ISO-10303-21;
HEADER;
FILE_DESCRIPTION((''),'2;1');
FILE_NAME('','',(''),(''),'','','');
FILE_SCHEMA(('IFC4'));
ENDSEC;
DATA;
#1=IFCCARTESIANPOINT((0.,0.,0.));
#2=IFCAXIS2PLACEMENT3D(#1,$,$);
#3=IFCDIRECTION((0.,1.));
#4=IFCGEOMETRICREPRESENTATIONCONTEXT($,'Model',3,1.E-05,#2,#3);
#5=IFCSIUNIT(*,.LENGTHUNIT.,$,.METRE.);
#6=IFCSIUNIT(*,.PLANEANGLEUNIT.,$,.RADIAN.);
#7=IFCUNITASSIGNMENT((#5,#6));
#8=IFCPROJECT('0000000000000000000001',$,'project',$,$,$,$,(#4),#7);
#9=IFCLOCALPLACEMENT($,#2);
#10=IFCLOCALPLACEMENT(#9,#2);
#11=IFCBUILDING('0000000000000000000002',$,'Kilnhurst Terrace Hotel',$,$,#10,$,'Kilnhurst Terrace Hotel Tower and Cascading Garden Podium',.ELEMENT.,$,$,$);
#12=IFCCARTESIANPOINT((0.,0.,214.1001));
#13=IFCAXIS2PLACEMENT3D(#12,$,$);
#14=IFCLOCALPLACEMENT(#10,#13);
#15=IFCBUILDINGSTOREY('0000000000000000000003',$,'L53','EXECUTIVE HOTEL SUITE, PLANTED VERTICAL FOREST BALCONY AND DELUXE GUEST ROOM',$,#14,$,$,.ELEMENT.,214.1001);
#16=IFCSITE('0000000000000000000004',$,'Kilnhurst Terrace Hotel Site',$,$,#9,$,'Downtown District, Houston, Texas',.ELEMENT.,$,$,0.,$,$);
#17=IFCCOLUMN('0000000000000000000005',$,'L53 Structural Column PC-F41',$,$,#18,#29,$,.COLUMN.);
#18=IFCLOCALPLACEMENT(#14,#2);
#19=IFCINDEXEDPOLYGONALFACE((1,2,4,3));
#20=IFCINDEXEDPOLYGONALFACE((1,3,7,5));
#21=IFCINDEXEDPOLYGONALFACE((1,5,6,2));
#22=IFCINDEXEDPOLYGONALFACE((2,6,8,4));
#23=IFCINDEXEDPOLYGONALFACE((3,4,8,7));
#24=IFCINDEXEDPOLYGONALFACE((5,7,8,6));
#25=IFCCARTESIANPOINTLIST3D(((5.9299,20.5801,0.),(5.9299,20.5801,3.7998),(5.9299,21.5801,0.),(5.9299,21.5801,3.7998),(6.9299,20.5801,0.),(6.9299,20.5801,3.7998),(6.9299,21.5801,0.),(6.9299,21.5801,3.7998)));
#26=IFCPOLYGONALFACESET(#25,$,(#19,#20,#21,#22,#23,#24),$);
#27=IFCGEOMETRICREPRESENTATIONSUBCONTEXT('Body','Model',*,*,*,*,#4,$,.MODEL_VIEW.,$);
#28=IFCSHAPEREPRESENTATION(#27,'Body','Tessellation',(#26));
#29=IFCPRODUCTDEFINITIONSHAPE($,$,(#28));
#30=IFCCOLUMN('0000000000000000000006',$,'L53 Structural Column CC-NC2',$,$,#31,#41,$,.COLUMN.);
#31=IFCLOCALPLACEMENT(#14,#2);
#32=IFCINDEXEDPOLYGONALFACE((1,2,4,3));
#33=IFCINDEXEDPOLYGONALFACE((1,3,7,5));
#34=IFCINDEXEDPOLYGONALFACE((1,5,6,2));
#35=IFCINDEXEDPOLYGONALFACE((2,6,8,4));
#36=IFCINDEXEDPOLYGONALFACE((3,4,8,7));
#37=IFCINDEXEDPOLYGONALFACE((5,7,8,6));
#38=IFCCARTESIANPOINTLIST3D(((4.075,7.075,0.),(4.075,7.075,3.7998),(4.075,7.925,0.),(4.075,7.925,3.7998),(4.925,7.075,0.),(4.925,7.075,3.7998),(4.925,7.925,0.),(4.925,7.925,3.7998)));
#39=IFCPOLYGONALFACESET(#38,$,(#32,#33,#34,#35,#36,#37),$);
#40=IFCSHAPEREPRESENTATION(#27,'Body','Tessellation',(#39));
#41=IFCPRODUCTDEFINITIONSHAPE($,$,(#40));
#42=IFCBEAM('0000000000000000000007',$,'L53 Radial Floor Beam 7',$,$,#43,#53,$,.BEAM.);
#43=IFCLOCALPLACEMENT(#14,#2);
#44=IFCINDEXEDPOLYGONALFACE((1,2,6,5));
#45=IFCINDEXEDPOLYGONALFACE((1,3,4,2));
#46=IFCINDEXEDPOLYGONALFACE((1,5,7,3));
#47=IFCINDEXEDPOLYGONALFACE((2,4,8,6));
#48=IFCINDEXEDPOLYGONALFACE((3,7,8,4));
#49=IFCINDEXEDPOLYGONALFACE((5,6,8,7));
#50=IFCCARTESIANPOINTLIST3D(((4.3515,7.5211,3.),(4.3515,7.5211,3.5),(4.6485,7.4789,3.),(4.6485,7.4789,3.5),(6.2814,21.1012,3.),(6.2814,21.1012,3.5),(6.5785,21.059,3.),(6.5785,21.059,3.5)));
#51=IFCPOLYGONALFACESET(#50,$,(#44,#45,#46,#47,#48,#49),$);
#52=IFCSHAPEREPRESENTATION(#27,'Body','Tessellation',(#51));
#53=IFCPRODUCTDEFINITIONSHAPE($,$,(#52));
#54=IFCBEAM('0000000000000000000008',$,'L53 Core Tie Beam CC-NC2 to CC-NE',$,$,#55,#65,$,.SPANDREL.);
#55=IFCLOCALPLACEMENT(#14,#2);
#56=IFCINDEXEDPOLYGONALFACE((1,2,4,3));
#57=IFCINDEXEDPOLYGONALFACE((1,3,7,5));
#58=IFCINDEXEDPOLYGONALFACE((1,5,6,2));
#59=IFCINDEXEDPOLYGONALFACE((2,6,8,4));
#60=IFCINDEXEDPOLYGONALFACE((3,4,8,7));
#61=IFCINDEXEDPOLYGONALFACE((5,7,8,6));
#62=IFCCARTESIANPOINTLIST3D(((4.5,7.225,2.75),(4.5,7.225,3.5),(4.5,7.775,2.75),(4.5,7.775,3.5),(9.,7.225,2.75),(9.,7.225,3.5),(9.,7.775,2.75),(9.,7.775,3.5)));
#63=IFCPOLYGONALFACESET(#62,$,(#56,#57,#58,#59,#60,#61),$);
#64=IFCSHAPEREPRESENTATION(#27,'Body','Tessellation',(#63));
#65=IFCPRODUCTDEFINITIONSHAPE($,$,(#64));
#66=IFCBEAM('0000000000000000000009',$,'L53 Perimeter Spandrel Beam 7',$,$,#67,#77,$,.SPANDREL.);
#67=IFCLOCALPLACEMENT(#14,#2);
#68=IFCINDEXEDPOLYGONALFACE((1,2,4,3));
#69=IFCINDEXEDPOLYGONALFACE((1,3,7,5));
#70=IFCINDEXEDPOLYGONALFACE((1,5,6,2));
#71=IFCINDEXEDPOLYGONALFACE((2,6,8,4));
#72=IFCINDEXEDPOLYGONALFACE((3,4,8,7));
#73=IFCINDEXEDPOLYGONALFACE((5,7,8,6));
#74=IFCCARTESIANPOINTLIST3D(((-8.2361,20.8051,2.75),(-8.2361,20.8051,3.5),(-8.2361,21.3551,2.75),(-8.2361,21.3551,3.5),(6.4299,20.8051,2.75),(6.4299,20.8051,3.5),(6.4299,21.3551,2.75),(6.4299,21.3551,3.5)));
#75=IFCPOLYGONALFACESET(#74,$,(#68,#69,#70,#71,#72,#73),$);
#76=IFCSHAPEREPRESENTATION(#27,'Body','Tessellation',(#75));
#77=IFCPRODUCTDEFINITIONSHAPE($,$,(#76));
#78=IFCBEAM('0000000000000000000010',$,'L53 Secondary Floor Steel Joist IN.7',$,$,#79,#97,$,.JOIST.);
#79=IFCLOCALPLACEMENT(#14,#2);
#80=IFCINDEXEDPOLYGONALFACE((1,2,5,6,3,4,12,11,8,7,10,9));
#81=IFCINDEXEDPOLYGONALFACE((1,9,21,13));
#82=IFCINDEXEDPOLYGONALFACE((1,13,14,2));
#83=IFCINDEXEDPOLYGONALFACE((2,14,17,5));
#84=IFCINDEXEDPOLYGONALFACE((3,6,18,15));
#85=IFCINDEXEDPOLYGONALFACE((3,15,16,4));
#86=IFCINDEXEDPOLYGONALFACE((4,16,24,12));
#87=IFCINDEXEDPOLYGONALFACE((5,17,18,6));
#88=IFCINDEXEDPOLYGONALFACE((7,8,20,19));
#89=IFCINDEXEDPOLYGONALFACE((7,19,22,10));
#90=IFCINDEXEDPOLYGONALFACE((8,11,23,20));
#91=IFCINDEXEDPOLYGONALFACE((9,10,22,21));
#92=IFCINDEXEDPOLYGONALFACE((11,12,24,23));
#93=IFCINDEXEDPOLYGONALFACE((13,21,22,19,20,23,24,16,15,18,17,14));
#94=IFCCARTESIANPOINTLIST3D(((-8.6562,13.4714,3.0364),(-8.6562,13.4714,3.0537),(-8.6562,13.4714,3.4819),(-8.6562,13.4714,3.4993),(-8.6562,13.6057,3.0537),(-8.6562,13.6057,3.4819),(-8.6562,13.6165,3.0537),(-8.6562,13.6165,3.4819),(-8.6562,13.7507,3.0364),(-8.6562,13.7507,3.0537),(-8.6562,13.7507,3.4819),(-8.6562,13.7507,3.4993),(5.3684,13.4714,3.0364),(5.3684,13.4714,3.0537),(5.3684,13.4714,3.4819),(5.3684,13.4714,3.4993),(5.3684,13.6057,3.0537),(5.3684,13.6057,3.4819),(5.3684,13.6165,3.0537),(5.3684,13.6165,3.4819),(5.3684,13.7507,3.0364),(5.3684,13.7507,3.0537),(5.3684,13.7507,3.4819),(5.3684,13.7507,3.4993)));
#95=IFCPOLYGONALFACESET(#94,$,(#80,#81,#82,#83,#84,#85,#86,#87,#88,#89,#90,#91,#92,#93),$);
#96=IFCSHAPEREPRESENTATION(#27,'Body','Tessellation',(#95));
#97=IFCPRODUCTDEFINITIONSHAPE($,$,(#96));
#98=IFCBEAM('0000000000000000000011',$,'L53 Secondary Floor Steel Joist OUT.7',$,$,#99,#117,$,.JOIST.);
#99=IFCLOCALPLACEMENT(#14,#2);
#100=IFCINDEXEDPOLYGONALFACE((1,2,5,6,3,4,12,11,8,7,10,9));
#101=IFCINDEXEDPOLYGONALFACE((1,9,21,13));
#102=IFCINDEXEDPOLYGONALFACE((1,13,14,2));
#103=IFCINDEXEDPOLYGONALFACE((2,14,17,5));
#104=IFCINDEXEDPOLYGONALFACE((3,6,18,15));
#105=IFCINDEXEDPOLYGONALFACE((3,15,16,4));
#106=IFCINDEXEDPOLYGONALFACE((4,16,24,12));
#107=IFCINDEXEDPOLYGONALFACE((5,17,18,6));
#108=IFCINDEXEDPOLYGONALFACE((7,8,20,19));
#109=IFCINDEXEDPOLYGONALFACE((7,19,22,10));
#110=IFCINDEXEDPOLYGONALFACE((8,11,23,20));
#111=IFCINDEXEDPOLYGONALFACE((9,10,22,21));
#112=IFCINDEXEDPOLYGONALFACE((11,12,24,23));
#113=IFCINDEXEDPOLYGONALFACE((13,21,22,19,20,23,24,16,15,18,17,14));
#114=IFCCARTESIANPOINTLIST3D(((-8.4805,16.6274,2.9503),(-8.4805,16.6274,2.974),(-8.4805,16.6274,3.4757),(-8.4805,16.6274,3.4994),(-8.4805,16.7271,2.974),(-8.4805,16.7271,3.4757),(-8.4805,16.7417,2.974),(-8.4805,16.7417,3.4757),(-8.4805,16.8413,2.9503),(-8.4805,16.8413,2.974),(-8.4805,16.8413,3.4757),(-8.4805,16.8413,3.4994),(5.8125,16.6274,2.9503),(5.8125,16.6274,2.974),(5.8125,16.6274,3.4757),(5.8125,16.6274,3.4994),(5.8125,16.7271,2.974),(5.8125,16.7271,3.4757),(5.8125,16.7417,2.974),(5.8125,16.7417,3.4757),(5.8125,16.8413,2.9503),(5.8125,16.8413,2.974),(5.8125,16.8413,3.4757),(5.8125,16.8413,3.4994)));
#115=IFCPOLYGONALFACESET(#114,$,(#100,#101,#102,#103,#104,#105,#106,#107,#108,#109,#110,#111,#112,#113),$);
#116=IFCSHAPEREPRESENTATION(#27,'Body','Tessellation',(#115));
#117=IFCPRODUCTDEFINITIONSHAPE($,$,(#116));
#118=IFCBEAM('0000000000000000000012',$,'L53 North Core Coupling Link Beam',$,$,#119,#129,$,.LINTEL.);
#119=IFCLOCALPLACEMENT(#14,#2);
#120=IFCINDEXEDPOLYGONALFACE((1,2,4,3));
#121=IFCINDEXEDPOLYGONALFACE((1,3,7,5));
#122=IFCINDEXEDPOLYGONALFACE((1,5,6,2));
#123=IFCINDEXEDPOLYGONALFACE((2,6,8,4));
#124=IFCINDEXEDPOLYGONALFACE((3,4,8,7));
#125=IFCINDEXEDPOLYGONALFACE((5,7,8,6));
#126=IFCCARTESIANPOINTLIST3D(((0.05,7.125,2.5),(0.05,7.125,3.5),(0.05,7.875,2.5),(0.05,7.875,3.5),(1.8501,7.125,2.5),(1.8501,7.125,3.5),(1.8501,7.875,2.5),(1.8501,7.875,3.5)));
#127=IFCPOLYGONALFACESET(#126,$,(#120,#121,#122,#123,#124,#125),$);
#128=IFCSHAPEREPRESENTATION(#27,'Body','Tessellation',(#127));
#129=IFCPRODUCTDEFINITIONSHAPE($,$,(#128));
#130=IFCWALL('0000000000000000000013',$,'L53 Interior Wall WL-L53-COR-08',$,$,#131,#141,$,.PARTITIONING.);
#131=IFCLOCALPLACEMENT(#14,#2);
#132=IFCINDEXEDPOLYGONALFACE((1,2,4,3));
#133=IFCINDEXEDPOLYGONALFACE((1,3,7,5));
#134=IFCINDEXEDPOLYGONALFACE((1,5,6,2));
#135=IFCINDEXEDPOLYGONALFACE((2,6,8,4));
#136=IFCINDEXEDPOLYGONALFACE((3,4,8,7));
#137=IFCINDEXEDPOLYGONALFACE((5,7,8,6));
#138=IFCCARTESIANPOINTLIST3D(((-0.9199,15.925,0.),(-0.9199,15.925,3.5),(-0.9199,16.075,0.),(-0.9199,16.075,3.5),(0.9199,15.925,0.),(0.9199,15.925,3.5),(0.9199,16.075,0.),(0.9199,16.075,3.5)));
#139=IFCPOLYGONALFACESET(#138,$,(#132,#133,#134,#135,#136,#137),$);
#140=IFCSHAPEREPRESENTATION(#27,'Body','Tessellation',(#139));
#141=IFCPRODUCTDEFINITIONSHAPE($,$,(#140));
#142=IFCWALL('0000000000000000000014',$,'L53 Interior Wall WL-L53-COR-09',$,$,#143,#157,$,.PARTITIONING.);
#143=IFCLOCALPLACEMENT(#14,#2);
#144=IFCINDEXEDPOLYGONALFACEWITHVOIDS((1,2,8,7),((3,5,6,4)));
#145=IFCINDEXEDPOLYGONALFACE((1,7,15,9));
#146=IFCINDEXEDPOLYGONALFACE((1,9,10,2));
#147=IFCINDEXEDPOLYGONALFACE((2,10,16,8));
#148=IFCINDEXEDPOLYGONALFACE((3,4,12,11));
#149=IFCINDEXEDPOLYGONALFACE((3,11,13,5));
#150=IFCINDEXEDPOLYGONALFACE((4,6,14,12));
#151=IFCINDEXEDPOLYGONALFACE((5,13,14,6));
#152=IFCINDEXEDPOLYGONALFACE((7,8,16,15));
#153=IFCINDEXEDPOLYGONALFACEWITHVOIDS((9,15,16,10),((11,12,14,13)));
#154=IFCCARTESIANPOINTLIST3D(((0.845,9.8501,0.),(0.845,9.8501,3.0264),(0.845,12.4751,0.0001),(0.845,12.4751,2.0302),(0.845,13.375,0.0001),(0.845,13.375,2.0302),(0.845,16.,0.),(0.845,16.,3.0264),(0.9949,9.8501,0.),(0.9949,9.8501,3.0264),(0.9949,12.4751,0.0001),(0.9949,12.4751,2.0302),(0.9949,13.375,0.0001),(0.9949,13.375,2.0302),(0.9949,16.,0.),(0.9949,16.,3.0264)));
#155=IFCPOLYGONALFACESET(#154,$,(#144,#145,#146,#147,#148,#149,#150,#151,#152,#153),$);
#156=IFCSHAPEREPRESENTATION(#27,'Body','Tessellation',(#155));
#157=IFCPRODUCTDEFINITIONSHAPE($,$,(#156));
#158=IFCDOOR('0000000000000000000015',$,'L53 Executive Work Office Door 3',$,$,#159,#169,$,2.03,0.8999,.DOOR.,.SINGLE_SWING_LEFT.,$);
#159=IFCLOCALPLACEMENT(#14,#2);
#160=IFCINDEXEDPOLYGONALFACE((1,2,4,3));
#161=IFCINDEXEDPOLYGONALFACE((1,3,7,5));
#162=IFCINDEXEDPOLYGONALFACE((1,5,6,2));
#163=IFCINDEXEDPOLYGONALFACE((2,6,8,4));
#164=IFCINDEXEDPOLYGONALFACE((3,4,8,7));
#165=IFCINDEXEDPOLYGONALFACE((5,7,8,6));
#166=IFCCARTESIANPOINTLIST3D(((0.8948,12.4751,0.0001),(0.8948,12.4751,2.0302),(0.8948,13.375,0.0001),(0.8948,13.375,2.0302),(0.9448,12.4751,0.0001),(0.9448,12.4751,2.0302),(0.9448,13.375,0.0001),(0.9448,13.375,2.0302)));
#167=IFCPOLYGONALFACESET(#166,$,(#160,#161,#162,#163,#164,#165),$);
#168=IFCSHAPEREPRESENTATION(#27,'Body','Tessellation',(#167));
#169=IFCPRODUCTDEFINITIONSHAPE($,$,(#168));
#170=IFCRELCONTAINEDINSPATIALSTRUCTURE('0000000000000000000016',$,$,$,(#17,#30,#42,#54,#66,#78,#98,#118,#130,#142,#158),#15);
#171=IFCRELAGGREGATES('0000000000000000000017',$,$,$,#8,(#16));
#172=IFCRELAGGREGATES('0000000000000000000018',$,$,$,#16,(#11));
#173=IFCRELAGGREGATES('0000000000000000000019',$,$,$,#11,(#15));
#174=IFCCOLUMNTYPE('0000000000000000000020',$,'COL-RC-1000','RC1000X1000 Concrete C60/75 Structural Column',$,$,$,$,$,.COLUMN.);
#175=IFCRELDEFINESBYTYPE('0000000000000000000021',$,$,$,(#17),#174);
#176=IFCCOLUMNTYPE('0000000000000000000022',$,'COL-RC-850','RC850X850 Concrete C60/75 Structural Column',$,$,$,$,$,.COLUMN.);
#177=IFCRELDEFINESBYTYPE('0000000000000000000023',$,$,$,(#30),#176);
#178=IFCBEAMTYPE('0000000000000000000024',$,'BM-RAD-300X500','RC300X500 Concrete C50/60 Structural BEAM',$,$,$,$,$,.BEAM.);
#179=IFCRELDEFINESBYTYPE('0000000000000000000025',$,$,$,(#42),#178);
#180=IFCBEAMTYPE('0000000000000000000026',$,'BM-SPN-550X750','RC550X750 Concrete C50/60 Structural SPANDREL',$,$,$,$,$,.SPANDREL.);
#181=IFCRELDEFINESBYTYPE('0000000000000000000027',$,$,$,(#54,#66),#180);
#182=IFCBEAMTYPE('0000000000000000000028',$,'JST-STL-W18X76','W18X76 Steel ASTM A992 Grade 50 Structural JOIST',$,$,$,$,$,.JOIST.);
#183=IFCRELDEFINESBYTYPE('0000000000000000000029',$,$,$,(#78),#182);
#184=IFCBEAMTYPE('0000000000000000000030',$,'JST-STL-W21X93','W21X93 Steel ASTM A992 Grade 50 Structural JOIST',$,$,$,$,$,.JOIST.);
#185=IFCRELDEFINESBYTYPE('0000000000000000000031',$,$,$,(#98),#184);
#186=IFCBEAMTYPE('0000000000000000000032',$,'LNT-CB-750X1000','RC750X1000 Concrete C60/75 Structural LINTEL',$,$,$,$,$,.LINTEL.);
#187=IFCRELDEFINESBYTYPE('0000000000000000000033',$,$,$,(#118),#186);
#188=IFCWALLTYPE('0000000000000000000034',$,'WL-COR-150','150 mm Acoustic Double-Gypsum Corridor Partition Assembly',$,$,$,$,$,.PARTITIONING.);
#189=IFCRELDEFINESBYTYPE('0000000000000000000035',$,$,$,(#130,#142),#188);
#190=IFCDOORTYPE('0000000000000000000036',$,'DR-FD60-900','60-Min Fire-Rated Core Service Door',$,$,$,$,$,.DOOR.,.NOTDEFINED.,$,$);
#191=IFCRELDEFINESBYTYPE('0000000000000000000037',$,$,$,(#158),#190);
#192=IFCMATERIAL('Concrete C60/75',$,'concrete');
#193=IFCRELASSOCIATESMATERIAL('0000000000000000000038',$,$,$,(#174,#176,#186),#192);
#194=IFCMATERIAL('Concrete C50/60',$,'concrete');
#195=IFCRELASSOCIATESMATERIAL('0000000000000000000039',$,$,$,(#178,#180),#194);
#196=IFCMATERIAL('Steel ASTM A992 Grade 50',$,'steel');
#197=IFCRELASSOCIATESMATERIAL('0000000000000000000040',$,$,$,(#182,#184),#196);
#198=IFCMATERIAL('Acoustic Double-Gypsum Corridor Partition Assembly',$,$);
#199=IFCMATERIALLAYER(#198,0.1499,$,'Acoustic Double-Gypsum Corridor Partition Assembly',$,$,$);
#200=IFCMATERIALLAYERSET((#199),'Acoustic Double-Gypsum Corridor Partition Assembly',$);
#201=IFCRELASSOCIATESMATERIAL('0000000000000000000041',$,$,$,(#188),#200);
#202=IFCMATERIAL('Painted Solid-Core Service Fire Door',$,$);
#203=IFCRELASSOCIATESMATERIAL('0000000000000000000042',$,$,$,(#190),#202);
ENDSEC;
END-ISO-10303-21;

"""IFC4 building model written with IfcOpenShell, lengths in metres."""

from ifc_helpers import new_model, si_unit, direction, frame, frame_2d, origin, origin_2d, place, context, subcontext, project, spatial, rectangle, i_section, extrude, material, layer, layer_set, material_profile, profile_set, type_object, element, fill, save


model = new_model("IFC4")

# Units and contexts
model_context = context("Model", 3, precision=1e-05, world=origin(), true_north=direction((0.0, 1.0)))
body_context = subcontext(model_context, "Body", "Model", "MODEL_VIEW")
ifc_project = project(units=[si_unit("LENGTHUNIT", "METRE"), si_unit("PLANEANGLEUNIT", "RADIAN")], contexts=[model_context])

# Site, building, storey
site_placement = place(None, origin())
site = spatial("IfcSite", under=ifc_project, at=site_placement, Name="Kilnhurst Terrace Hotel Site", LongName="Downtown District, Houston, Texas", CompositionType="ELEMENT", RefElevation=0.0)
building_placement = place(site_placement, origin())
building = spatial("IfcBuilding", under=site, at=building_placement, Name="Kilnhurst Terrace Hotel", LongName="Kilnhurst Terrace Hotel Tower and Cascading Garden Podium", CompositionType="ELEMENT")
storey_placement = place(building_placement, frame((0.0, 0.0, 214.1001)))
storey = spatial("IfcBuildingStorey", under=building, at=storey_placement, Name="L53", Description="EXECUTIVE HOTEL SUITE, PLANTED VERTICAL FOREST BALCONY AND DELUXE GUEST ROOM", CompositionType="ELEMENT", Elevation=214.1001)

# Columns
ifc_material_1 = material(Name="Concrete C60/75", Category="concrete")
ifc_material_profile_1 = material_profile(ifc_material_1, rectangle(XDim=1.0, YDim=1.0, at=origin_2d()), Name="RC1000X1000")
ifc_profile_set_1 = profile_set([ifc_material_profile_1], Name="Concrete C60/75")
column_type_1 = type_object("IfcColumnType", Name="COL-RC-1000", Description="RC1000X1000 Concrete C60/75 Structural Column", PredefinedType="COLUMN", material=ifc_profile_set_1)
column_1_placement = place(storey_placement, frame((6.4299, 21.0801, 0.0), z_axis=(0.0, 0.0, 1.0), x_axis=(1.0, 0.0, 0.0)))
element("IfcColumn", 1, at=column_1_placement, inside=storey, type_object=column_type_1, Name="L53 Structural Column PC-F41", PredefinedType="COLUMN", context=body_context, shape_type="SweptSolid", body=[
    extrude(rectangle(XDim=1.0, YDim=1.0, at=origin_2d()), origin(), (0.0, 0.0, 1.0), 3.7998),
])
ifc_material_profile_2 = material_profile(ifc_material_1, rectangle(XDim=0.8501, YDim=0.8501, at=origin_2d()), Name="RC850X850")
ifc_profile_set_2 = profile_set([ifc_material_profile_2], Name="Concrete C60/75")
column_type_2 = type_object("IfcColumnType", Name="COL-RC-850", Description="RC850X850 Concrete C60/75 Structural Column", PredefinedType="COLUMN", material=ifc_profile_set_2)
column_2_placement = place(storey_placement, frame((4.5, 7.5, 0.0), z_axis=(0.0, 0.0, 1.0), x_axis=(1.0, 0.0, 0.0)))
element("IfcColumn", 2, at=column_2_placement, inside=storey, type_object=column_type_2, Name="L53 Structural Column CC-NC2", PredefinedType="COLUMN", context=body_context, shape_type="SweptSolid", body=[
    extrude(rectangle(XDim=0.8501, YDim=0.8501, at=origin_2d()), origin(), (0.0, 0.0, 1.0), 3.7998),
])

# Beams
ifc_material_2 = material(Name="Concrete C50/60", Category="concrete")
ifc_material_profile_3 = material_profile(ifc_material_2, rectangle(XDim=0.3, YDim=0.5, at=origin_2d()), Name="RC300X500")
ifc_profile_set_3 = profile_set([ifc_material_profile_3], Name="Concrete C50/60")
beam_type_1 = type_object("IfcBeamType", Name="BM-RAD-300X500", Description="RC300X500 Concrete C50/60 Structural BEAM", PredefinedType="BEAM", material=ifc_profile_set_3)
beam_1_placement = place(storey_placement, frame((4.5, 7.5, 3.25), z_axis=(0.140701, 0.990052, 0.0), x_axis=(-0.990052, 0.140701, 0.0)))
element("IfcBeam", 3, at=beam_1_placement, inside=storey, type_object=beam_type_1, Name="L53 Radial Floor Beam 7", PredefinedType="BEAM", context=body_context, shape_type="SweptSolid", body=[
    extrude(rectangle(XDim=0.3, YDim=0.5, at=origin_2d()), origin(), (0.0, 0.0, 1.0), 13.7166),
])
ifc_material_profile_4 = material_profile(ifc_material_2, rectangle(XDim=0.55, YDim=0.75, at=origin_2d()), Name="RC550X750")
ifc_profile_set_4 = profile_set([ifc_material_profile_4], Name="Concrete C50/60")
beam_type_2 = type_object("IfcBeamType", Name="BM-SPN-550X750", Description="RC550X750 Concrete C50/60 Structural SPANDREL", PredefinedType="SPANDREL", material=ifc_profile_set_4)
beam_2_placement = place(storey_placement, frame((4.5, 7.5, 3.125), z_axis=(1.0, 0.0, 0.0), x_axis=(0.0, 1.0, 0.0)))
element("IfcBeam", 4, at=beam_2_placement, inside=storey, type_object=beam_type_2, Name="L53 Core Tie Beam CC-NC2 to CC-NE", PredefinedType="SPANDREL", context=body_context, shape_type="SweptSolid", body=[
    extrude(rectangle(XDim=0.55, YDim=0.75, at=origin_2d()), origin(), (0.0, 0.0, 1.0), 4.5),
])
beam_3_placement = place(storey_placement, frame((6.4299, 21.0801, 3.125), z_axis=(-1.0, 0.0, 0.0), x_axis=(0.0, -1.0, 0.0)))
element("IfcBeam", 5, at=beam_3_placement, inside=storey, type_object=beam_type_2, Name="L53 Perimeter Spandrel Beam 7", PredefinedType="SPANDREL", context=body_context, shape_type="SweptSolid", body=[
    extrude(rectangle(XDim=0.55, YDim=0.75, at=origin_2d()), origin(), (0.0, 0.0, 1.0), 14.666),
])
ifc_material_3 = material(Name="Steel ASTM A992 Grade 50", Category="steel")
ifc_material_profile_5 = material_profile(ifc_material_3, i_section(OverallWidth=0.2793, OverallDepth=0.4629, WebThickness=0.0107, FlangeThickness=0.0173, at=origin_2d()), Name="W18X76")
ifc_profile_set_5 = profile_set([ifc_material_profile_5], Name="Steel ASTM A992 Grade 50")
beam_type_3 = type_object("IfcBeamType", Name="JST-STL-W18X76", Description="W18X76 Steel ASTM A992 Grade 50 Structural JOIST", PredefinedType="JOIST", material=ifc_profile_set_5)
beam_4_placement = place(storey_placement, frame((5.3684, 13.6111, 3.2678), z_axis=(-1.0, 0.0, 0.0), x_axis=(0.0, -1.0, 0.0)))
element("IfcBeam", 6, at=beam_4_placement, inside=storey, type_object=beam_type_3, Name="L53 Secondary Floor Steel Joist IN.7", PredefinedType="JOIST", context=body_context, shape_type="SweptSolid", body=[
    extrude(i_section(OverallWidth=0.2793, OverallDepth=0.4629, WebThickness=0.0107, FlangeThickness=0.0173, at=origin_2d()), origin(), (0.0, 0.0, 1.0), 14.0247),
])
ifc_material_profile_6 = material_profile(ifc_material_3, i_section(OverallWidth=0.2139, OverallDepth=0.5491, WebThickness=0.0146, FlangeThickness=0.0237, at=origin_2d()), Name="W21X93")
ifc_profile_set_6 = profile_set([ifc_material_profile_6], Name="Steel ASTM A992 Grade 50")
beam_type_4 = type_object("IfcBeamType", Name="JST-STL-W21X93", Description="W21X93 Steel ASTM A992 Grade 50 Structural JOIST", PredefinedType="JOIST", material=ifc_profile_set_6)
beam_5_placement = place(storey_placement, frame((5.8125, 16.7344, 3.2249), z_axis=(-1.0, 0.0, 0.0), x_axis=(0.0, -1.0, 0.0)))
element("IfcBeam", 7, at=beam_5_placement, inside=storey, type_object=beam_type_4, Name="L53 Secondary Floor Steel Joist OUT.7", PredefinedType="JOIST", context=body_context, shape_type="SweptSolid", body=[
    extrude(i_section(OverallWidth=0.2139, OverallDepth=0.5491, WebThickness=0.0146, FlangeThickness=0.0237, at=origin_2d()), origin(), (0.0, 0.0, 1.0), 14.293),
])
ifc_material_profile_7 = material_profile(ifc_material_1, rectangle(XDim=0.75, YDim=1.0, at=origin_2d()), Name="RC750X1000")
ifc_profile_set_7 = profile_set([ifc_material_profile_7], Name="Concrete C60/75")
beam_type_5 = type_object("IfcBeamType", Name="LNT-CB-750X1000", Description="RC750X1000 Concrete C60/75 Structural LINTEL", PredefinedType="LINTEL", material=ifc_profile_set_7)
beam_6_placement = place(storey_placement, frame((0.05, 7.5, 3.0), z_axis=(1.0, 0.0, 0.0), x_axis=(0.0, 1.0, 0.0)))
element("IfcBeam", 8, at=beam_6_placement, inside=storey, type_object=beam_type_5, Name="L53 North Core Coupling Link Beam", PredefinedType="LINTEL", context=body_context, shape_type="SweptSolid", body=[
    extrude(rectangle(XDim=0.75, YDim=1.0, at=origin_2d()), origin(), (0.0, 0.0, 1.0), 1.8),
])

# Wall
ifc_material_4 = material(Name="Acoustic Double-Gypsum Corridor Partition Assembly")
ifc_layer_1 = layer(ifc_material_4, 0.1499, Name="Acoustic Double-Gypsum Corridor Partition Assembly")
ifc_layer_set_1 = layer_set([ifc_layer_1], Name="Acoustic Double-Gypsum Corridor Partition Assembly")
wall_type_1 = type_object("IfcWallType", Name="WL-COR-150", Description="150 mm Acoustic Double-Gypsum Corridor Partition Assembly", PredefinedType="PARTITIONING", material=ifc_layer_set_1)
wall_1_placement = place(storey_placement, frame((-0.9199, 16.0, 0.0), z_axis=(0.0, 0.0, 1.0), x_axis=(1.0, 0.0, 0.0)))
element("IfcWall", 9, at=wall_1_placement, inside=storey, type_object=wall_type_1, Name="L53 Interior Wall WL-L53-COR-08", PredefinedType="PARTITIONING", context=body_context, shape_type="SweptSolid", body=[
    extrude(rectangle(XDim=1.8398, YDim=0.1499, at=frame_2d((0.9199, 0.0))), origin(), (0.0, 0.0, 1.0), 3.5),
])

# Wall, opening, door
wall_2_placement = place(storey_placement, frame((0.9199, 16.0, 0.0), z_axis=(0.0, 0.0, 1.0), x_axis=(0.0, -1.0, 0.0)))
wall_2 = element("IfcWall", 10, at=wall_2_placement, inside=storey, type_object=wall_type_1, Name="L53 Interior Wall WL-L53-COR-09", PredefinedType="PARTITIONING", context=body_context, shape_type="SweptSolid", body=[
    extrude(rectangle(XDim=6.1499, YDim=0.1499, at=frame_2d((3.075, 0.0))), origin(), (0.0, 0.0, 1.0), 3.0264),
])
opening_1_placement = place(wall_2_placement, frame((2.625, 0.0, 0.0)))
opening_1 = element("IfcOpeningElement", 11, at=opening_1_placement, cuts=wall_2, PredefinedType="OPENING", context=body_context, shape_type="SweptSolid", body=[
    extrude(rectangle(XDim=0.8999, YDim=2.03, at=frame_2d((0.45, 1.0151))), frame((0.0, 0.085, 0.0), z_axis=(0.0, -1.0, 0.0), x_axis=(1.0, 0.0, 0.0)), (0.0, 0.0, 1.0), 0.1699),
])
ifc_material_5 = material(Name="Painted Solid-Core Service Fire Door")
door_type_1 = type_object("IfcDoorType", Name="DR-FD60-900", Description="60-Min Fire-Rated Core Service Door", OperationType="NOTDEFINED", PredefinedType="DOOR", material=ifc_material_5)
door_1_placement = place(opening_1_placement, origin())
door_1 = element("IfcDoor", 12, at=door_1_placement, inside=storey, type_object=door_type_1, Name="L53 Executive Work Office Door 3", OperationType="SINGLE_SWING_LEFT", OverallHeight=2.03, OverallWidth=0.8999, PredefinedType="DOOR", context=body_context, shape_type="SweptSolid", body=[
    extrude(rectangle(XDim=0.8999, YDim=2.03, at=frame_2d((0.45, 1.0151))), frame((0.0, 0.0249, 0.0), z_axis=(0.0, -1.0, 0.0), x_axis=(1.0, 0.0, 0.0)), (0.0, 0.0, 1.0), 0.05),
])
fill(opening_1, door_1)

save(model, "model.ifc")
